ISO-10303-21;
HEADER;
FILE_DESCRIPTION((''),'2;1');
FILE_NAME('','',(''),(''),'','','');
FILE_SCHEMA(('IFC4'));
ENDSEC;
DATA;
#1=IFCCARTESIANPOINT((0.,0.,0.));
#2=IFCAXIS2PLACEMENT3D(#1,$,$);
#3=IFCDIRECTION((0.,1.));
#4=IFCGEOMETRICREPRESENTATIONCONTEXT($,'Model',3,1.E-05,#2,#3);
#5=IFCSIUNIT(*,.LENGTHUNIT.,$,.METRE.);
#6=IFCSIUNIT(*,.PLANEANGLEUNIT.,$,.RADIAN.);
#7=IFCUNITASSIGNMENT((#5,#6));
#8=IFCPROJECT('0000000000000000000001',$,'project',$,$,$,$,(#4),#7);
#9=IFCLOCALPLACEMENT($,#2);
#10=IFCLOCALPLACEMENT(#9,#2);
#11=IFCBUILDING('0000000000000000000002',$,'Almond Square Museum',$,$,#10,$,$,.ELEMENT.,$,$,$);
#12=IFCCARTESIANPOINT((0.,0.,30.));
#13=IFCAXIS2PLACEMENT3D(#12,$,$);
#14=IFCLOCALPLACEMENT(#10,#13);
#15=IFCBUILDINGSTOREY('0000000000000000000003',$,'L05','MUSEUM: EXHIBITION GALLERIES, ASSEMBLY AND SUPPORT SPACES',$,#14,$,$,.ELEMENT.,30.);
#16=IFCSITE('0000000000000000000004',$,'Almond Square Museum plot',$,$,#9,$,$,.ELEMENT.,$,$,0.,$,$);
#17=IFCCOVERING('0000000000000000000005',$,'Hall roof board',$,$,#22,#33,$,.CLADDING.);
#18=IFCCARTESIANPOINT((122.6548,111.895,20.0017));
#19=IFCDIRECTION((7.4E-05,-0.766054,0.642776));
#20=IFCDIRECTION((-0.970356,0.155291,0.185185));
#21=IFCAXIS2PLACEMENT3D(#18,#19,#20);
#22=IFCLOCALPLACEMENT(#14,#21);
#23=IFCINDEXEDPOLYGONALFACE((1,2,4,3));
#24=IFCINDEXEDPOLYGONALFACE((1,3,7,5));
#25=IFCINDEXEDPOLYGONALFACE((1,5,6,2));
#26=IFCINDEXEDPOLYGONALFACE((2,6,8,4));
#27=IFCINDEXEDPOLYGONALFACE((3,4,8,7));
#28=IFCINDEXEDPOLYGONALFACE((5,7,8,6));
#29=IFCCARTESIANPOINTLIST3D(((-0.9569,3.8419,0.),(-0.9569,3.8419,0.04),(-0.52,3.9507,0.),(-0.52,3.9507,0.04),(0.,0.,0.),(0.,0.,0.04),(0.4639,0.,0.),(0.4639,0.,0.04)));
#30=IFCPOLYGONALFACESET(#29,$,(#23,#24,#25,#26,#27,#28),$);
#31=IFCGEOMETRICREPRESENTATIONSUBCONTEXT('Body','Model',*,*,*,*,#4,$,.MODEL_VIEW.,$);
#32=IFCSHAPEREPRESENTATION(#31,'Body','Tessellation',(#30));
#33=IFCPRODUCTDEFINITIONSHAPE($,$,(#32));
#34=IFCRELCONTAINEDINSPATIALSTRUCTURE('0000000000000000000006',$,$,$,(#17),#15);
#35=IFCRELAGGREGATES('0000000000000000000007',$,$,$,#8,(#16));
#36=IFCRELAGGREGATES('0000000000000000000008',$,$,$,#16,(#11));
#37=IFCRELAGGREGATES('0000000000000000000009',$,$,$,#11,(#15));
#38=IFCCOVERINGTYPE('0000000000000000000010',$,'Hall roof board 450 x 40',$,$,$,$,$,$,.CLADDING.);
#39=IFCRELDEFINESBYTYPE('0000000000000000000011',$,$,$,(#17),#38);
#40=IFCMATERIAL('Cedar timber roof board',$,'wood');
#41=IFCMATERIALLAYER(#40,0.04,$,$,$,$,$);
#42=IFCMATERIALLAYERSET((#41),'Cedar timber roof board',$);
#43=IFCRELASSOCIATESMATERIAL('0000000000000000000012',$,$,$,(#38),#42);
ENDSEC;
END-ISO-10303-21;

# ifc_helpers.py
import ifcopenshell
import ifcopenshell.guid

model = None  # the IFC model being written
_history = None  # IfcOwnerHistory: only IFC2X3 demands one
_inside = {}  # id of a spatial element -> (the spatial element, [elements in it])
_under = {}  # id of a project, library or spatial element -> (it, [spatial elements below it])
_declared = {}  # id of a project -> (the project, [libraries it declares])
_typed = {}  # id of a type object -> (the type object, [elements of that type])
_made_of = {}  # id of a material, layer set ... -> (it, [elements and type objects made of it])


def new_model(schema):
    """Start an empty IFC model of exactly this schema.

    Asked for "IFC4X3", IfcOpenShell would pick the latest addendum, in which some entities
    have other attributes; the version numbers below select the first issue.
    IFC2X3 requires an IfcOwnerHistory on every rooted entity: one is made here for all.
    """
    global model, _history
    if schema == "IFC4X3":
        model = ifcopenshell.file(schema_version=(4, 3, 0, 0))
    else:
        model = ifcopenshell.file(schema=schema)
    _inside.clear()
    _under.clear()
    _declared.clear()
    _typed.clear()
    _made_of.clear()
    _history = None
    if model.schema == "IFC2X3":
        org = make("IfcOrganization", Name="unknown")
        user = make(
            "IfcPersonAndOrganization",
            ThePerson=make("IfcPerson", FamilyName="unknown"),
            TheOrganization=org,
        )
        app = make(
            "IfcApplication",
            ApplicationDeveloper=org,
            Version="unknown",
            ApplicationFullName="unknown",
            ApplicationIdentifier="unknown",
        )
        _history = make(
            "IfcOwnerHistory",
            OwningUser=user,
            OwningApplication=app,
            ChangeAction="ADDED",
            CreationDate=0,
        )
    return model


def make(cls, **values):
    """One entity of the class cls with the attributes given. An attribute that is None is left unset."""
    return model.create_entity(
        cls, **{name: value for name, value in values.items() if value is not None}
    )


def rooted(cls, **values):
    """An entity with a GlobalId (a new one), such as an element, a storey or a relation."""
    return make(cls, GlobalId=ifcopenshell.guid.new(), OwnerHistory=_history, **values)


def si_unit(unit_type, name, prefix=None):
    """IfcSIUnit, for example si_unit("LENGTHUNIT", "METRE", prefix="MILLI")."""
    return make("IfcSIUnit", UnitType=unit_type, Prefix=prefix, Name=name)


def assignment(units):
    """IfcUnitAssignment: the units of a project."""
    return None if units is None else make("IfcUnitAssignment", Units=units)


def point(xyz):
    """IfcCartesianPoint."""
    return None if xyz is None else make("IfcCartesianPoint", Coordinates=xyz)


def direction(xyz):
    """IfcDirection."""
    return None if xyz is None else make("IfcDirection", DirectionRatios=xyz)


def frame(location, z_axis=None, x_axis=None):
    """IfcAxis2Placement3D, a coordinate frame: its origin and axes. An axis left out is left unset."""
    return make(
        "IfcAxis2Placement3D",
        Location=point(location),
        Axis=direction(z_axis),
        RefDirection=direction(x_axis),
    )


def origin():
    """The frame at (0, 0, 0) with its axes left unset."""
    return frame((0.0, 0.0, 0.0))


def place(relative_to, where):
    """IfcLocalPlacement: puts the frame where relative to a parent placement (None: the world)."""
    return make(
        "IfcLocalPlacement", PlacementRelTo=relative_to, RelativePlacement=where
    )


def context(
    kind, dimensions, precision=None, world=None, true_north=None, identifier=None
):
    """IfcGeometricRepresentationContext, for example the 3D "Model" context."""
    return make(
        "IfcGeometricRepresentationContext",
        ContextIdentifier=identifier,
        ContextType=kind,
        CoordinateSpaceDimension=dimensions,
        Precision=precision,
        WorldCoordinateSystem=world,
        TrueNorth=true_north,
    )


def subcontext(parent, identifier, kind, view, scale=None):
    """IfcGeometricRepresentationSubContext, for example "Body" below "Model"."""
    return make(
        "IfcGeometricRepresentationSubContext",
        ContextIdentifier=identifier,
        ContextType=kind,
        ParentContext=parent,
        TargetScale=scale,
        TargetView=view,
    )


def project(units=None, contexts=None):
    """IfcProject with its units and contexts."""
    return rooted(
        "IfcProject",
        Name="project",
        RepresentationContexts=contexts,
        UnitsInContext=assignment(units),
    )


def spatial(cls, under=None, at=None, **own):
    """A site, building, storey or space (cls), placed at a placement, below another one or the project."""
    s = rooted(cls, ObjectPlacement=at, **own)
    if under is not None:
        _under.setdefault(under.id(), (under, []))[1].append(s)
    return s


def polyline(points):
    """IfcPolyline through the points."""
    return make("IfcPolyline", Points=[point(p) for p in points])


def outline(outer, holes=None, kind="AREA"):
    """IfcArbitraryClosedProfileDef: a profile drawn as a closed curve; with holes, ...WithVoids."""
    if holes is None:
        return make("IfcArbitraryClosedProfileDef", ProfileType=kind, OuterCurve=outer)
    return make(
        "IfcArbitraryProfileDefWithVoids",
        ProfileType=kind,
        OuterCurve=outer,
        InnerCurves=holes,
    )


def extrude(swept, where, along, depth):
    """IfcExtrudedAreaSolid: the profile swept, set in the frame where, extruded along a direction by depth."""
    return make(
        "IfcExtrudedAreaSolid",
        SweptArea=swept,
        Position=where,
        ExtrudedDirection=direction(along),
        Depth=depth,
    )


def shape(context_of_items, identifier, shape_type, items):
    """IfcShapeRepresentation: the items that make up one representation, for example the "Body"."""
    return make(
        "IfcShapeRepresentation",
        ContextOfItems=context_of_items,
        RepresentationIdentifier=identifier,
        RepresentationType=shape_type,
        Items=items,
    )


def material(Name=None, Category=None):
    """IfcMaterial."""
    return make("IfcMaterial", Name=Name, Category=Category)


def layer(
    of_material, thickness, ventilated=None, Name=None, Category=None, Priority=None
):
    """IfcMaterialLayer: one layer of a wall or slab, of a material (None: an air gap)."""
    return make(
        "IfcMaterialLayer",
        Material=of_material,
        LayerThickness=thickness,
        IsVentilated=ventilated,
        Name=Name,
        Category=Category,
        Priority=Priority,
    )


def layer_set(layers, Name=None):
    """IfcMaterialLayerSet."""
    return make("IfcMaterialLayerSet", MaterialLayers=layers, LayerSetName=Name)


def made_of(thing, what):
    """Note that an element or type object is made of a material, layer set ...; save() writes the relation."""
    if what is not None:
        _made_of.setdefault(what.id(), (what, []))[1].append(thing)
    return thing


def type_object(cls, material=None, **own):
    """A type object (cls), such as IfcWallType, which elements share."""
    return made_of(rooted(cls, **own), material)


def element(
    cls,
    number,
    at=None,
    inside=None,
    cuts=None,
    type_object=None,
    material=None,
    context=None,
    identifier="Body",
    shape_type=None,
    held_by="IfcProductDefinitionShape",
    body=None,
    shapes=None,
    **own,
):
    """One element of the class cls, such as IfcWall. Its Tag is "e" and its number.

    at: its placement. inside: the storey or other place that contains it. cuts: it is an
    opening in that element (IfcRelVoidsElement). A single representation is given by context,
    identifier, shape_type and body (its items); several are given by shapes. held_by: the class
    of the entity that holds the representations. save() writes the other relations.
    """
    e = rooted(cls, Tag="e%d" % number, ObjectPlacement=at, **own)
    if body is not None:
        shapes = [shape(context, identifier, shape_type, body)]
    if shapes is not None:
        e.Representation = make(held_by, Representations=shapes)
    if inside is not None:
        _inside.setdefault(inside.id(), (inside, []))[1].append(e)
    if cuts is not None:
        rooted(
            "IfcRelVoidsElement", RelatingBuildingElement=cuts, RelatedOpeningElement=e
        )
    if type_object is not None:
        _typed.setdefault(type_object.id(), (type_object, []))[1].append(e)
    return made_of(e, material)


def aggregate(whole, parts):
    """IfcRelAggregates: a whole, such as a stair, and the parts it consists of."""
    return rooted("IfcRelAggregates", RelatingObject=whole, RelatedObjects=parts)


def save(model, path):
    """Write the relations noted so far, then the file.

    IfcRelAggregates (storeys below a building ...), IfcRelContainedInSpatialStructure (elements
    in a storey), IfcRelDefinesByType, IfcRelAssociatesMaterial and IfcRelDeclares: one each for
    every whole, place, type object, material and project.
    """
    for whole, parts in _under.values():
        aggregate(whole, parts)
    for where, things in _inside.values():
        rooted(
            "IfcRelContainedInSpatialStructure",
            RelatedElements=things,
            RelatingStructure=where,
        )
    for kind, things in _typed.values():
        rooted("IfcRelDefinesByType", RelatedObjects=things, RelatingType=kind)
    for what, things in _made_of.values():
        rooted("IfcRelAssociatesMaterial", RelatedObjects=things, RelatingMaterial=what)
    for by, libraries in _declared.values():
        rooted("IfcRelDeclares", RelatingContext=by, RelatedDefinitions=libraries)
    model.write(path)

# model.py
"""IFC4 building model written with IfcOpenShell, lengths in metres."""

from ifc_helpers import new_model, si_unit, direction, frame, origin, place, context, subcontext, project, spatial, polyline, outline, extrude, material, layer, layer_set, type_object, element, save


model = new_model("IFC4")

# Units and contexts
model_context = context("Model", 3, precision=1e-05, world=origin(), true_north=direction((0.0, 1.0)))
body_context = subcontext(model_context, "Body", "Model", "MODEL_VIEW")
ifc_project = project(units=[si_unit("LENGTHUNIT", "METRE"), si_unit("PLANEANGLEUNIT", "RADIAN")], contexts=[model_context])

# Site, building, storey
site_placement = place(None, origin())
site = spatial("IfcSite", under=ifc_project, at=site_placement, Name="Almond Square Museum plot", CompositionType="ELEMENT", RefElevation=0.0)
building_placement = place(site_placement, origin())
building = spatial("IfcBuilding", under=site, at=building_placement, Name="Almond Square Museum", CompositionType="ELEMENT")
storey_placement = place(building_placement, frame((0.0, 0.0, 30.0)))
storey = spatial("IfcBuildingStorey", under=building, at=storey_placement, Name="L05", Description="MUSEUM: EXHIBITION GALLERIES, ASSEMBLY AND SUPPORT SPACES", CompositionType="ELEMENT", Elevation=30.0)

# Covering
ifc_material_1 = material(Name="Cedar timber roof board", Category="wood")
ifc_layer_1 = layer(ifc_material_1, 0.04)
ifc_layer_set_1 = layer_set([ifc_layer_1], Name="Cedar timber roof board")
covering_type_1 = type_object("IfcCoveringType", Name="Hall roof board 450 x 40", PredefinedType="CLADDING", material=ifc_layer_set_1)
covering_1_placement = place(storey_placement, frame((122.6548, 111.895, 20.0017), z_axis=(0.000074, -0.766054, 0.642776), x_axis=(-0.970356, 0.155291, 0.185185)))
element("IfcCovering", 1, at=covering_1_placement, inside=storey, type_object=covering_type_1, Name="Hall roof board", PredefinedType="CLADDING", context=body_context, shape_type="SweptSolid", body=[
    extrude(outline(polyline([(0.0, 0.0), (0.4639, 0.0), (-0.52, 3.9507), (-0.9569, 3.8419), (0.0, 0.0)])), origin(), (0.0, 0.0, 1.0), 0.04),
])

save(model, "model.ifc")
